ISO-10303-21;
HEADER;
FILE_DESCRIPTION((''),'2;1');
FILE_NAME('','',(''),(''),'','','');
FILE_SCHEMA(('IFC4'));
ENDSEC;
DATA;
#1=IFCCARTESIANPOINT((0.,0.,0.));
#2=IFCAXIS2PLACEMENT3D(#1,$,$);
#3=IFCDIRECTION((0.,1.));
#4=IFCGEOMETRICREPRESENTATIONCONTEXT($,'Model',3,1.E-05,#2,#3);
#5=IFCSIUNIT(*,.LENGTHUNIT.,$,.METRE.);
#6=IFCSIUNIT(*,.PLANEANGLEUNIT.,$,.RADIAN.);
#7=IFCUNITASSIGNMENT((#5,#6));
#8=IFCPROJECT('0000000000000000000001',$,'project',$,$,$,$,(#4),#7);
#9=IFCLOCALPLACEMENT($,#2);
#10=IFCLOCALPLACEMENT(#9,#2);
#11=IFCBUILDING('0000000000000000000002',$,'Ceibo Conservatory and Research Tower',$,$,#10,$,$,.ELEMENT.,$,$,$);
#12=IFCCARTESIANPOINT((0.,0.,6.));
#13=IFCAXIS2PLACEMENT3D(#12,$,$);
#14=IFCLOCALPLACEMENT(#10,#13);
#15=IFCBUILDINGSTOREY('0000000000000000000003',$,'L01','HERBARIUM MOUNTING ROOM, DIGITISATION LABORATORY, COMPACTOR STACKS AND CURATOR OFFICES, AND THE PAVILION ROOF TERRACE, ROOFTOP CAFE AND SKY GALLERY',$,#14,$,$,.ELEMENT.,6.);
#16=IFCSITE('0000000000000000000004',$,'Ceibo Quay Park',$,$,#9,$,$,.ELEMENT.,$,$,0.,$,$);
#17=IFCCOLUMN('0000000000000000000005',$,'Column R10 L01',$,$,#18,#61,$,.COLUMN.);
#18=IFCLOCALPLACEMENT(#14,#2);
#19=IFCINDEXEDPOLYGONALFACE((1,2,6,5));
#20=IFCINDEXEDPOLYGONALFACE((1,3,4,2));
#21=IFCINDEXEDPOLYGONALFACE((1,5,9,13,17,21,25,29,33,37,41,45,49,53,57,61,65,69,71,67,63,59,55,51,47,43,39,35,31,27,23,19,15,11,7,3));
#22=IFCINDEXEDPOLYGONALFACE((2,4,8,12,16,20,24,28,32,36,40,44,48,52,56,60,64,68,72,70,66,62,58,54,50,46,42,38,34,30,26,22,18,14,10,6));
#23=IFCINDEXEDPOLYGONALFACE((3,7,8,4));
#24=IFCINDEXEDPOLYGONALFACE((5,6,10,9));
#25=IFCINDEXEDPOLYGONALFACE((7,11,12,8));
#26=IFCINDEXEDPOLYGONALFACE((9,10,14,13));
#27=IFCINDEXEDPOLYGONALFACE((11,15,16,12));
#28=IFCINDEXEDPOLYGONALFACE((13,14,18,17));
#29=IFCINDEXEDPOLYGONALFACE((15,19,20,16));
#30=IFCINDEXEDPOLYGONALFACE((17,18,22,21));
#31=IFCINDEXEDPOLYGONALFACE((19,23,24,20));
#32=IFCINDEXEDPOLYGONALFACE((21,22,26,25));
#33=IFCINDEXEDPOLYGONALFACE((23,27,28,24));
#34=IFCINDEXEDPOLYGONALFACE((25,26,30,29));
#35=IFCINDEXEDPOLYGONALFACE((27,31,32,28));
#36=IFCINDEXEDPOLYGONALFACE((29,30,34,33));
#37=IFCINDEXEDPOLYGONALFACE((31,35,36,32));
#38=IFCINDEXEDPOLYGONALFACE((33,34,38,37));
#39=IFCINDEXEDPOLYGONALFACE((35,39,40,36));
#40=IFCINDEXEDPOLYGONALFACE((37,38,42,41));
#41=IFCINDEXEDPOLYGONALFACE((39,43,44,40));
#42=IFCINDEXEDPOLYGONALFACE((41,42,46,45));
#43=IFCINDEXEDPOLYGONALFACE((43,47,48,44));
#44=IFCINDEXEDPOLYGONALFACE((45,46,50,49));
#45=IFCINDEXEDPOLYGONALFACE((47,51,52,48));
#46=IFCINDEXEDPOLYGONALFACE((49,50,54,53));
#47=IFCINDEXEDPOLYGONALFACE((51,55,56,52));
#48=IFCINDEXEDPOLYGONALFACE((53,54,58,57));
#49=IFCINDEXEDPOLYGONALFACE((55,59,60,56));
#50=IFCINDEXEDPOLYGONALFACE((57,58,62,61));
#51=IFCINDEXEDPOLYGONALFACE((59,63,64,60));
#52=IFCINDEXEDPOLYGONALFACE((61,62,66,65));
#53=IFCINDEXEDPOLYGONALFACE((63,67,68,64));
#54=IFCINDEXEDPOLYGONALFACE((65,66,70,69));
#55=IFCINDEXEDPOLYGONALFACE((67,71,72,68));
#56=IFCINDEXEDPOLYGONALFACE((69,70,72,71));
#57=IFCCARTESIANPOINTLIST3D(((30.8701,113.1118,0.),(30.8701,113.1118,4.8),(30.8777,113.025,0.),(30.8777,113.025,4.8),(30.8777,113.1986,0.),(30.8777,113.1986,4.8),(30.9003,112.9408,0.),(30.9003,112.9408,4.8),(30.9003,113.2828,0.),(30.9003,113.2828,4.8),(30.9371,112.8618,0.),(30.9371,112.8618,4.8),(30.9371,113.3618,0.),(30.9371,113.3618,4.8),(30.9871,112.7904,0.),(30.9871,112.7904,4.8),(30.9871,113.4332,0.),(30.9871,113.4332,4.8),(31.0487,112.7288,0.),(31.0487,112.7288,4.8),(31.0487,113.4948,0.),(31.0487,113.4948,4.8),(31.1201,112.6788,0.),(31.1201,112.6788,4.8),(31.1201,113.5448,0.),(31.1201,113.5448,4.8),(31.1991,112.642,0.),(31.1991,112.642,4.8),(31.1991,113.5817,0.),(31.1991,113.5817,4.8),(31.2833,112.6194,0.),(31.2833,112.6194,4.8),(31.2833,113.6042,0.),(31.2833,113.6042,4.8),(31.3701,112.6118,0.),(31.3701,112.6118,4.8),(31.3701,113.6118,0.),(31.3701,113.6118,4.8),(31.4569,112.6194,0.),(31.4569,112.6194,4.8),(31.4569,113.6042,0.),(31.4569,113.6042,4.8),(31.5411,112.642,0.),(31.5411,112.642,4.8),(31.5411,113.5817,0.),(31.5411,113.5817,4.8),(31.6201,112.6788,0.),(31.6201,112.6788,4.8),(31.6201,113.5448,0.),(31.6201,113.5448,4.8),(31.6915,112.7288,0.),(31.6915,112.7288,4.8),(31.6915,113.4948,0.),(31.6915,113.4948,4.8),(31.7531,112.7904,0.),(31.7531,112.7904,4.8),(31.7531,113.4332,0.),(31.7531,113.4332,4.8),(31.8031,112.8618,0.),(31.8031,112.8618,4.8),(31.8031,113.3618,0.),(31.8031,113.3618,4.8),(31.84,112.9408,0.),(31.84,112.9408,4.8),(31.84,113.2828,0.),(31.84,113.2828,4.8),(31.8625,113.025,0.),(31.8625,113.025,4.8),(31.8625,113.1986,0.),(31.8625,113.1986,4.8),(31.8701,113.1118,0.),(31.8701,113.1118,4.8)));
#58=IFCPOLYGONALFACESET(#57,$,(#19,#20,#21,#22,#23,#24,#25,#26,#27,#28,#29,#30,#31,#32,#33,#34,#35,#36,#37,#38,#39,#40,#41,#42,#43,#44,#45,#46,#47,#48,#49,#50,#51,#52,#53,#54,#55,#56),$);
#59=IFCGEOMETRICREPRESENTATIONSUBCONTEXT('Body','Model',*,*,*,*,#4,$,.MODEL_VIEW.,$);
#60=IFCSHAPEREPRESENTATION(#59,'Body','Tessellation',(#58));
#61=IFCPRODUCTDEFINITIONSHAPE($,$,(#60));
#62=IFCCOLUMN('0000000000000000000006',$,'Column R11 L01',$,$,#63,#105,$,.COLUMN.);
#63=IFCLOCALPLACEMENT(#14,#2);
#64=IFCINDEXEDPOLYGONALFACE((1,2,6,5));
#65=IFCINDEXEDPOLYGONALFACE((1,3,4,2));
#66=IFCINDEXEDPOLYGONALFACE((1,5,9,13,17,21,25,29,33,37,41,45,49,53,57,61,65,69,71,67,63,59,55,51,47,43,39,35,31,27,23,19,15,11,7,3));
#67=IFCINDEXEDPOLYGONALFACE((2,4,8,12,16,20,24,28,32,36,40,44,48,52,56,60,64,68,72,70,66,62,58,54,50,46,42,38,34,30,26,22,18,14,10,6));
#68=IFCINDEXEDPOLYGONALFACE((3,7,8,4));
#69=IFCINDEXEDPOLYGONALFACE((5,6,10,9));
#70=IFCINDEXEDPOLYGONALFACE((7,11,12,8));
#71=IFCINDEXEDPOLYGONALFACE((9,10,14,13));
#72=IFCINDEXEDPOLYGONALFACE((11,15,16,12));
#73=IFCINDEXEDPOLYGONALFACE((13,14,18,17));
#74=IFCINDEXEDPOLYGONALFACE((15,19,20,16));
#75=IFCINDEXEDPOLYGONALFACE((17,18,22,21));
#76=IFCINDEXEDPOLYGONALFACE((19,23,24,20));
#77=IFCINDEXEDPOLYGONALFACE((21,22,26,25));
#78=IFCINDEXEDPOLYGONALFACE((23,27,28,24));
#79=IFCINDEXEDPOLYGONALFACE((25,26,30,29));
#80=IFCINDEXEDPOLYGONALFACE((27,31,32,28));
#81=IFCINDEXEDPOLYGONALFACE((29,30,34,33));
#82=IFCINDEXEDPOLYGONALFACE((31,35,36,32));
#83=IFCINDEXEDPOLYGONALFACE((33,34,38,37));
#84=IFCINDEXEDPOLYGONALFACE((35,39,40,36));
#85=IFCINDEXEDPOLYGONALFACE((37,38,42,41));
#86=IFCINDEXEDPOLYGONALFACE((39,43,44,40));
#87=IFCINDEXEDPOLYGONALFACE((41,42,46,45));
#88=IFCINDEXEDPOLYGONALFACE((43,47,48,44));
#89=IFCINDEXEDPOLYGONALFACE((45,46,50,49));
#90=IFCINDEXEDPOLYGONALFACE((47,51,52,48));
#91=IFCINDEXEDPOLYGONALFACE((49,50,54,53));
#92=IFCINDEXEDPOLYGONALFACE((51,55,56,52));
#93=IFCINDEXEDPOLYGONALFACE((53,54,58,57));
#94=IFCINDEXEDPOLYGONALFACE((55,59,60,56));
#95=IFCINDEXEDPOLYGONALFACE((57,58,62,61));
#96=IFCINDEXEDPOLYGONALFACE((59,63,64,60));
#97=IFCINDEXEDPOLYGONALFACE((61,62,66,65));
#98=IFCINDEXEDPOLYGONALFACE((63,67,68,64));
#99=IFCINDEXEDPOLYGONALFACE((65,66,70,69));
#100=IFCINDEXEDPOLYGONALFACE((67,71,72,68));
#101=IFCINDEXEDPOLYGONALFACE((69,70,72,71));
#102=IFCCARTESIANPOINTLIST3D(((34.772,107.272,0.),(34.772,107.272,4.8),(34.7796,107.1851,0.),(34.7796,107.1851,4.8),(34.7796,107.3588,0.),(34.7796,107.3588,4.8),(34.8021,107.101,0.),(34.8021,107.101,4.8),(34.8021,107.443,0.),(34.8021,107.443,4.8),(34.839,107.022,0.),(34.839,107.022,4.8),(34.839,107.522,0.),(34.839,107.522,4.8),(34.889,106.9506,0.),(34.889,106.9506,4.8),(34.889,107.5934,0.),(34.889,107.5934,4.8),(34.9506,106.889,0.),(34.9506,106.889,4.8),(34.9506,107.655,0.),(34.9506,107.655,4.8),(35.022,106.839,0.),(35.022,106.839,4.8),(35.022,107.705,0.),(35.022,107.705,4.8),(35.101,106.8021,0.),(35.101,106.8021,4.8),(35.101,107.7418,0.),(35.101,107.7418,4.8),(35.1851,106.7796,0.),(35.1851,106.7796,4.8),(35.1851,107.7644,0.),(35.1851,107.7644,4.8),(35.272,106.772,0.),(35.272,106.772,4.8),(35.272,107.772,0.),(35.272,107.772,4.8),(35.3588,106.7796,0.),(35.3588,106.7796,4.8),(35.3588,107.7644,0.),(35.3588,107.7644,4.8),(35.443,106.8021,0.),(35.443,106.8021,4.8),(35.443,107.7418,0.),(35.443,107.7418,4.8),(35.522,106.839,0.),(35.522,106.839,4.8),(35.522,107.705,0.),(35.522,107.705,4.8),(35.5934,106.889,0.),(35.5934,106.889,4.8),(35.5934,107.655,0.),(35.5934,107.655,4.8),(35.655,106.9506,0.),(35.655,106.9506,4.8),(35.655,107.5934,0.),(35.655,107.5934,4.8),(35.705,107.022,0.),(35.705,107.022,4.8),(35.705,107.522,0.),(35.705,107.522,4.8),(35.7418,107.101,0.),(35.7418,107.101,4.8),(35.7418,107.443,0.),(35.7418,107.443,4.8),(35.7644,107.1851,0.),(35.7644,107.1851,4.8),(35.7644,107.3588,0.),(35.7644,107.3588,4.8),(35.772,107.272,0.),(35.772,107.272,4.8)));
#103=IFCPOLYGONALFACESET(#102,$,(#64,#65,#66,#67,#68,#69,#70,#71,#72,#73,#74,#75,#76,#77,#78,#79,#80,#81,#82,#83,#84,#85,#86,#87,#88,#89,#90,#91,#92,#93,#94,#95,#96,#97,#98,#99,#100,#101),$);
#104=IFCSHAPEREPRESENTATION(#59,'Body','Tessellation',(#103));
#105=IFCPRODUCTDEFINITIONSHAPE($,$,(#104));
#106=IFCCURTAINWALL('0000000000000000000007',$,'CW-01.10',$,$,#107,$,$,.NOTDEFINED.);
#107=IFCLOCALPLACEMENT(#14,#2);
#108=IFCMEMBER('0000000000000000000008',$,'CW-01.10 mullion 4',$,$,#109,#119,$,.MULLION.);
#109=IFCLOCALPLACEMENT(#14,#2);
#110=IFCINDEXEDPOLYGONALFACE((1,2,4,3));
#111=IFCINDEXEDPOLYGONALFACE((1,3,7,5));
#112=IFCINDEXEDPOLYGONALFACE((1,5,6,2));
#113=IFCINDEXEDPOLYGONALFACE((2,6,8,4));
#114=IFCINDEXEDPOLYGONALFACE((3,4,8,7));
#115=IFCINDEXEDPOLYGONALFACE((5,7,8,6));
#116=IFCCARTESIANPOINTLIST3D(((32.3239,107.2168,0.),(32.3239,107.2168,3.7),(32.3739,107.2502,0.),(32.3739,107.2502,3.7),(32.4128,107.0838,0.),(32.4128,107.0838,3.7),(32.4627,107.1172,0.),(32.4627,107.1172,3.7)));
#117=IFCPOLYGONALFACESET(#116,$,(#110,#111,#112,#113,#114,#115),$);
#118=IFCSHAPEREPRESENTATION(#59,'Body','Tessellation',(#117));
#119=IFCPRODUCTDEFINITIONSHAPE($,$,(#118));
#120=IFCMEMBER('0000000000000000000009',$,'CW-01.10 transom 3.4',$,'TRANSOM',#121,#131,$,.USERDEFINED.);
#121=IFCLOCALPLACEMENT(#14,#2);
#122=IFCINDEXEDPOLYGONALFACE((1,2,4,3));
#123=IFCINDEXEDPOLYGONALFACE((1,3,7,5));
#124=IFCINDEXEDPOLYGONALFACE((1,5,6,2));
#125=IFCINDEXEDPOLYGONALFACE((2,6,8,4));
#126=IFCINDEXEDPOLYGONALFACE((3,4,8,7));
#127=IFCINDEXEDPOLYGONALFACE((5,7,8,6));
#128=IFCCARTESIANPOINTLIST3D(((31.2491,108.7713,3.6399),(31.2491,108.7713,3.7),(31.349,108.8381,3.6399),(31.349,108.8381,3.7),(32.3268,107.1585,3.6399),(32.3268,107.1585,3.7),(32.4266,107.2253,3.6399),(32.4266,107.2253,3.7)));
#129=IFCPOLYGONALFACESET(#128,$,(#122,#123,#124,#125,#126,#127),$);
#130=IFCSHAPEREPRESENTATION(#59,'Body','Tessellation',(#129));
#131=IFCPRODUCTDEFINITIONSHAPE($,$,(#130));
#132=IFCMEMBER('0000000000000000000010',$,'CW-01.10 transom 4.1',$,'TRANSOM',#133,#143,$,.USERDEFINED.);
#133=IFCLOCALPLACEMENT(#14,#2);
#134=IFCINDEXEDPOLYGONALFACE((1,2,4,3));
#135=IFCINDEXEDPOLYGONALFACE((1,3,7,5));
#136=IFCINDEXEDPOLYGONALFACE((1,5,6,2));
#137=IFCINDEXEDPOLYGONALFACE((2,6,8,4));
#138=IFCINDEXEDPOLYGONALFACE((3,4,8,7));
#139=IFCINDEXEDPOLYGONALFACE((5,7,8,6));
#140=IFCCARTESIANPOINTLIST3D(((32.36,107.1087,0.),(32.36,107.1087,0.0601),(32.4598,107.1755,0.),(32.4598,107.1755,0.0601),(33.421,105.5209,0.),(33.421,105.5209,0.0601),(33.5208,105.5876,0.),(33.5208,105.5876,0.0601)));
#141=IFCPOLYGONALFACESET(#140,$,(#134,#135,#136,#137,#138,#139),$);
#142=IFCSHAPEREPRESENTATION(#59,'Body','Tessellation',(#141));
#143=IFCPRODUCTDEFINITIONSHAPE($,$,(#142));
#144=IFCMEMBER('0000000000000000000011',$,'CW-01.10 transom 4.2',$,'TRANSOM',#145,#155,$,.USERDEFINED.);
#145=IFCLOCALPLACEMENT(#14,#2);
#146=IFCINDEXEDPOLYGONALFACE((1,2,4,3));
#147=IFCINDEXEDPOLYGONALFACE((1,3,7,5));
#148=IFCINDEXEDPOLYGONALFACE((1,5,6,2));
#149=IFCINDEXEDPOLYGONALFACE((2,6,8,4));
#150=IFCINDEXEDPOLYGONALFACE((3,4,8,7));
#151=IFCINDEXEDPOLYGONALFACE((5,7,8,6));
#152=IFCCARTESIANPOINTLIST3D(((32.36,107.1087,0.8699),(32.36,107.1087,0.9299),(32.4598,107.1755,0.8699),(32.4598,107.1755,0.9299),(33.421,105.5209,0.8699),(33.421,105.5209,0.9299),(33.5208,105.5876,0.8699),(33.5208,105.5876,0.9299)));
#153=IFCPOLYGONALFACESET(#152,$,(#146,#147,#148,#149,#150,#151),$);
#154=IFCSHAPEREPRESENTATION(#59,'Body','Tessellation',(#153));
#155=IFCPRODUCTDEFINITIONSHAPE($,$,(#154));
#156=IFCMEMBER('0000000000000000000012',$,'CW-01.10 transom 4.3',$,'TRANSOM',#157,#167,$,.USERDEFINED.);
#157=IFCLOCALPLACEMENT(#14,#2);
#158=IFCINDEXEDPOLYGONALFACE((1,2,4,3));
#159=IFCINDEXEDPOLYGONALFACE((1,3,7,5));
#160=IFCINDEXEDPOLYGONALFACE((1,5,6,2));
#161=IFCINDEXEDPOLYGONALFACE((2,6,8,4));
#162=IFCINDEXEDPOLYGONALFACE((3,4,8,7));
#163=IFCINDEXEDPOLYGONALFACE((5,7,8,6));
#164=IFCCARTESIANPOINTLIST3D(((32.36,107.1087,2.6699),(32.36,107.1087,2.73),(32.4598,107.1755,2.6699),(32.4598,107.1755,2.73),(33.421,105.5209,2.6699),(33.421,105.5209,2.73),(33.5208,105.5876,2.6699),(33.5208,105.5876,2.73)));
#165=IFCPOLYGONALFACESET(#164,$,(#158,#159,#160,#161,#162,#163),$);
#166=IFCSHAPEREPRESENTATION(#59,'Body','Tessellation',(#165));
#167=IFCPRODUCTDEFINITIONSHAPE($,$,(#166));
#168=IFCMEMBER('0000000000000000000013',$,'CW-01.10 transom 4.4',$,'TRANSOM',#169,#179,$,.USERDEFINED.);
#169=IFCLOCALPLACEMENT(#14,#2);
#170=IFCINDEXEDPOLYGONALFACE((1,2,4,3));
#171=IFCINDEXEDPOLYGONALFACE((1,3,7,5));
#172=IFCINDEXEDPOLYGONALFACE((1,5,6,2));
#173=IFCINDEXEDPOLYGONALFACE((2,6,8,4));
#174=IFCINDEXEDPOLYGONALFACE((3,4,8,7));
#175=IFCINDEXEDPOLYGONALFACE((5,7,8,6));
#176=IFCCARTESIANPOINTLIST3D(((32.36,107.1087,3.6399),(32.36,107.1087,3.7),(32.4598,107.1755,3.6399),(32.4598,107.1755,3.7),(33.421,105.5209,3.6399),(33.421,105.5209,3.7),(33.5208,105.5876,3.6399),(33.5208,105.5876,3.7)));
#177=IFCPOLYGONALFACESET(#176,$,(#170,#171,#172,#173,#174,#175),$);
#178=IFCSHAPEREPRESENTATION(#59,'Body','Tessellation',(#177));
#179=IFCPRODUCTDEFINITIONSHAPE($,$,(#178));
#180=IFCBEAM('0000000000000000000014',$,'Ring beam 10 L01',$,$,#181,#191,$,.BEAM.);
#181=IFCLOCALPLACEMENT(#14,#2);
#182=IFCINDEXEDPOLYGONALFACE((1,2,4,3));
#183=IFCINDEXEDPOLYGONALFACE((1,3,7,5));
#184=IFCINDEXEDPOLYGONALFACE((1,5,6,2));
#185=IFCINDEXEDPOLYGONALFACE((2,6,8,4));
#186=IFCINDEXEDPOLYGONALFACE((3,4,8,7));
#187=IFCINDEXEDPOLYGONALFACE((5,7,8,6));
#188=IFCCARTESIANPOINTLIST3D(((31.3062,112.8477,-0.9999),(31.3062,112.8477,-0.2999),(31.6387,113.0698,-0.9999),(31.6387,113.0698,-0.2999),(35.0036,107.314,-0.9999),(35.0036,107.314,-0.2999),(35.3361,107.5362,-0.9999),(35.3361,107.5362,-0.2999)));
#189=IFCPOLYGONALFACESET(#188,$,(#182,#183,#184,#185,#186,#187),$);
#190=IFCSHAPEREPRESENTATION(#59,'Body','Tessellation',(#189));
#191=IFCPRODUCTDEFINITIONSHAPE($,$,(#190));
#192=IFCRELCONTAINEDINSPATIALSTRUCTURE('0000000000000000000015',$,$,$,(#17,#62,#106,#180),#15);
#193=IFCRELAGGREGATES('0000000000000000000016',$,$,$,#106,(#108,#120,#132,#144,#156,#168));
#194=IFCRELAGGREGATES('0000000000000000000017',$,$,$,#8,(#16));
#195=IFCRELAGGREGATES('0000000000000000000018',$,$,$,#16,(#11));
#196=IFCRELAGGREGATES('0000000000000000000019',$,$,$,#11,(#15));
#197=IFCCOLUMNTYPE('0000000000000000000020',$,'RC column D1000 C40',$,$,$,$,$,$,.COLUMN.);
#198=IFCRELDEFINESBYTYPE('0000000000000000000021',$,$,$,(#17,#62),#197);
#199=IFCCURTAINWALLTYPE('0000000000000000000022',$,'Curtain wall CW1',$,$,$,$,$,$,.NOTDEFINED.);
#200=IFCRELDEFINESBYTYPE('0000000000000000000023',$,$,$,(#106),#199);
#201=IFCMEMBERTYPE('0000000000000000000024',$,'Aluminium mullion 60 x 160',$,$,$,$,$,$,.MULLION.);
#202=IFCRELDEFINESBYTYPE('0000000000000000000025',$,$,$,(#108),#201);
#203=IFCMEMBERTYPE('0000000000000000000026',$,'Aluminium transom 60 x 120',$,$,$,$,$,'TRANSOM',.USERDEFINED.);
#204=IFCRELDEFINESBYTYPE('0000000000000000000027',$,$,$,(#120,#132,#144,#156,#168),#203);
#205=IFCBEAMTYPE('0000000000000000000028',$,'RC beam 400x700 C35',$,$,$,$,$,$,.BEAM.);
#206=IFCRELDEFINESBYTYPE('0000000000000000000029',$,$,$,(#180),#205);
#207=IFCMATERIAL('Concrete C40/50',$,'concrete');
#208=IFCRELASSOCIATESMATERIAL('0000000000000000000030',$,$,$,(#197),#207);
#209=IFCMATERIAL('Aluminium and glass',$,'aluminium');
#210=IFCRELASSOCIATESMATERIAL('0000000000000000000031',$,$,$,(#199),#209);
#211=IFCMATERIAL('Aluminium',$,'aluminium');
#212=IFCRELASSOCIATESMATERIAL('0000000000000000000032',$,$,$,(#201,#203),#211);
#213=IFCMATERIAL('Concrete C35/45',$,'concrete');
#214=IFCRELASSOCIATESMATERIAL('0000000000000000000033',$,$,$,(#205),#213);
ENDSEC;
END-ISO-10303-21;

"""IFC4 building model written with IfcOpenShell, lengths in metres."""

from ifc_helpers import new_model, si_unit, direction, frame, origin, origin_2d, place, context, subcontext, project, spatial, rectangle, circle, extrude, material, material_profile, profile_set, type_object, element, aggregate, save


model = new_model("IFC4")

# Units and contexts
model_context = context("Model", 3, precision=1e-05, world=origin(), true_north=direction((0.0, 1.0)))
body_context = subcontext(model_context, "Body", "Model", "MODEL_VIEW")
ifc_project = project(units=[si_unit("LENGTHUNIT", "METRE"), si_unit("PLANEANGLEUNIT", "RADIAN")], contexts=[model_context])

# Site, building, storey
site_placement = place(None, origin())
site = spatial("IfcSite", under=ifc_project, at=site_placement, Name="Ceibo Quay Park", CompositionType="ELEMENT", RefElevation=0.0)
building_placement = place(site_placement, origin())
building = spatial("IfcBuilding", under=site, at=building_placement, Name="Ceibo Conservatory and Research Tower", CompositionType="ELEMENT")
storey_placement = place(building_placement, frame((0.0, 0.0, 6.0)))
storey = spatial("IfcBuildingStorey", under=building, at=storey_placement, Name="L01", Description="HERBARIUM MOUNTING ROOM, DIGITISATION LABORATORY, COMPACTOR STACKS AND CURATOR OFFICES, AND THE PAVILION ROOF TERRACE, ROOFTOP CAFE AND SKY GALLERY", CompositionType="ELEMENT", Elevation=6.0)

# Columns
ifc_material_1 = material(Name="Concrete C40/50", Category="concrete")
ifc_material_profile_1 = material_profile(ifc_material_1, circle(Radius=0.5, at=origin_2d()), Name="RC D1000")
ifc_profile_set_1 = profile_set([ifc_material_profile_1], Name="Concrete C40/50")
column_type = type_object("IfcColumnType", Name="RC column D1000 C40", PredefinedType="COLUMN", material=ifc_profile_set_1)
for number, where, z_axis, x_axis, name in (
    (1, (31.3701, 113.1118, 0.0), (0.0, 0.0, 1.0), (1.0, 0.0, 0.0), "Column R10 L01"),
    (2, (35.272, 107.272, 0.0), (0.0, 0.0, 1.0), (1.0, 0.0, 0.0), "Column R11 L01"),
):
    element("IfcColumn", number, at=place(storey_placement, frame(where, z_axis=z_axis, x_axis=x_axis)), inside=storey, type_object=column_type, Name=name, PredefinedType="COLUMN", context=body_context, shape_type="SweptSolid", body=[
        extrude(circle(Radius=0.5, at=origin_2d()), origin(), (0.0, 0.0, 1.0), 4.8),
    ])

# Curtain wall, members
ifc_material_2 = material(Name="Aluminium and glass", Category="aluminium")
curtain_wall_type = type_object("IfcCurtainWallType", Name="Curtain wall CW1", PredefinedType="NOTDEFINED", material=ifc_material_2)
curtain_wall_placement = place(storey_placement, origin())
curtain_wall = element("IfcCurtainWall", 3, at=curtain_wall_placement, inside=storey, type_object=curtain_wall_type, Name="CW-01.10", PredefinedType="NOTDEFINED")
ifc_material_3 = material(Name="Aluminium", Category="aluminium")
ifc_material_profile_2 = material_profile(ifc_material_3, rectangle(XDim=0.0601, YDim=0.1599, at=origin_2d()), Name="Aluminium 60 x 160")
ifc_profile_set_2 = profile_set([ifc_material_profile_2], Name="Aluminium")
member_type_1 = type_object("IfcMemberType", Name="Aluminium mullion 60 x 160", PredefinedType="MULLION", material=ifc_profile_set_2)
member_1_placement = place(storey_placement, frame((32.3933, 107.167, 0.0), z_axis=(0.0, 0.0, 1.0), x_axis=(0.83147, 0.55557, 0.0)))
member_1 = element("IfcMember", 4, at=member_1_placement, type_object=member_type_1, Name="CW-01.10 mullion 4", PredefinedType="MULLION", context=body_context, shape_type="SweptSolid", body=[
    extrude(rectangle(XDim=0.0601, YDim=0.1599, at=origin_2d()), origin(), (0.0, 0.0, 1.0), 3.7),
])
ifc_material_profile_3 = material_profile(ifc_material_3, rectangle(XDim=0.1201, YDim=0.0601, at=origin_2d()), Name="Aluminium 60 x 120")
ifc_profile_set_3 = profile_set([ifc_material_profile_3], Name="Aluminium")
member_type_2 = type_object("IfcMemberType", Name="Aluminium transom 60 x 120", ElementType="TRANSOM", PredefinedType="USERDEFINED", material=ifc_profile_set_3)
member_2_placement = place(storey_placement, frame((31.2991, 108.8047, 3.6699), z_axis=(0.555571, -0.831469, 0.0), x_axis=(0.831469, 0.555571, 0.0)))
member_2 = element("IfcMember", 5, at=member_2_placement, type_object=member_type_2, Name="CW-01.10 transom 3.4", ObjectType="TRANSOM", PredefinedType="USERDEFINED", context=body_context, shape_type="SweptSolid", body=[
    extrude(rectangle(XDim=0.1201, YDim=0.0601, at=origin_2d()), origin(), (0.0, 0.0, 1.0), 1.9397),
])
member_3_placement = place(storey_placement, frame((32.4099, 107.1421, 0.03), z_axis=(0.555585, -0.83146, 0.0), x_axis=(0.83146, 0.555585, 0.0)))
member_3 = element("IfcMember", 6, at=member_3_placement, type_object=member_type_2, Name="CW-01.10 transom 4.1", ObjectType="TRANSOM", PredefinedType="USERDEFINED", context=body_context, shape_type="SweptSolid", body=[
    extrude(rectangle(XDim=0.1201, YDim=0.0601, at=origin_2d()), origin(), (0.0, 0.0, 1.0), 1.9097),
])
member_4_placement = place(storey_placement, frame((32.4099, 107.1421, 0.8999), z_axis=(0.555585, -0.83146, 0.0), x_axis=(0.83146, 0.555585, 0.0)))
member_4 = element("IfcMember", 7, at=member_4_placement, type_object=member_type_2, Name="CW-01.10 transom 4.2", ObjectType="TRANSOM", PredefinedType="USERDEFINED", context=body_context, shape_type="SweptSolid", body=[
    extrude(rectangle(XDim=0.1201, YDim=0.0601, at=origin_2d()), origin(), (0.0, 0.0, 1.0), 1.9097),
])
member_5_placement = place(storey_placement, frame((32.4099, 107.1421, 2.7), z_axis=(0.555585, -0.83146, 0.0), x_axis=(0.83146, 0.555585, 0.0)))
member_5 = element("IfcMember", 8, at=member_5_placement, type_object=member_type_2, Name="CW-01.10 transom 4.3", ObjectType="TRANSOM", PredefinedType="USERDEFINED", context=body_context, shape_type="SweptSolid", body=[
    extrude(rectangle(XDim=0.1201, YDim=0.0601, at=origin_2d()), origin(), (0.0, 0.0, 1.0), 1.9097),
])
member_6_placement = place(storey_placement, frame((32.4099, 107.1421, 3.6699), z_axis=(0.555585, -0.83146, 0.0), x_axis=(0.83146, 0.555585, 0.0)))
member_6 = element("IfcMember", 9, at=member_6_placement, type_object=member_type_2, Name="CW-01.10 transom 4.4", ObjectType="TRANSOM", PredefinedType="USERDEFINED", context=body_context, shape_type="SweptSolid", body=[
    extrude(rectangle(XDim=0.1201, YDim=0.0601, at=origin_2d()), origin(), (0.0, 0.0, 1.0), 1.9097),
])

# Beam
ifc_material_4 = material(Name="Concrete C35/45", Category="concrete")
ifc_material_profile_4 = material_profile(ifc_material_4, rectangle(XDim=0.3999, YDim=0.7, at=origin_2d()), Name="RC 400x700")
ifc_profile_set_4 = profile_set([ifc_material_profile_4], Name="Concrete C35/45")
beam_type_1 = type_object("IfcBeamType", Name="RC beam 400x700 C35", PredefinedType="BEAM", material=ifc_profile_set_4)
for number, where, z_axis, x_axis, name in (
    (10, (31.4724, 112.9587, -0.6499), (0.555572, -0.831469, 0.0), (0.831469, 0.555572, 0.0), "Ring beam 10 L01"),
):
    element("IfcBeam", number, at=place(storey_placement, frame(where, z_axis=z_axis, x_axis=x_axis)), inside=storey, type_object=beam_type_1, Name=name, PredefinedType="BEAM", context=body_context, shape_type="SweptSolid", body=[
        extrude(rectangle(XDim=0.3999, YDim=0.7, at=origin_2d()), origin(), (0.0, 0.0, 1.0), 6.6553),
    ])

aggregate(curtain_wall, [member_1, member_2, member_3, member_4, member_5, member_6])

save(model, "model.ifc")
